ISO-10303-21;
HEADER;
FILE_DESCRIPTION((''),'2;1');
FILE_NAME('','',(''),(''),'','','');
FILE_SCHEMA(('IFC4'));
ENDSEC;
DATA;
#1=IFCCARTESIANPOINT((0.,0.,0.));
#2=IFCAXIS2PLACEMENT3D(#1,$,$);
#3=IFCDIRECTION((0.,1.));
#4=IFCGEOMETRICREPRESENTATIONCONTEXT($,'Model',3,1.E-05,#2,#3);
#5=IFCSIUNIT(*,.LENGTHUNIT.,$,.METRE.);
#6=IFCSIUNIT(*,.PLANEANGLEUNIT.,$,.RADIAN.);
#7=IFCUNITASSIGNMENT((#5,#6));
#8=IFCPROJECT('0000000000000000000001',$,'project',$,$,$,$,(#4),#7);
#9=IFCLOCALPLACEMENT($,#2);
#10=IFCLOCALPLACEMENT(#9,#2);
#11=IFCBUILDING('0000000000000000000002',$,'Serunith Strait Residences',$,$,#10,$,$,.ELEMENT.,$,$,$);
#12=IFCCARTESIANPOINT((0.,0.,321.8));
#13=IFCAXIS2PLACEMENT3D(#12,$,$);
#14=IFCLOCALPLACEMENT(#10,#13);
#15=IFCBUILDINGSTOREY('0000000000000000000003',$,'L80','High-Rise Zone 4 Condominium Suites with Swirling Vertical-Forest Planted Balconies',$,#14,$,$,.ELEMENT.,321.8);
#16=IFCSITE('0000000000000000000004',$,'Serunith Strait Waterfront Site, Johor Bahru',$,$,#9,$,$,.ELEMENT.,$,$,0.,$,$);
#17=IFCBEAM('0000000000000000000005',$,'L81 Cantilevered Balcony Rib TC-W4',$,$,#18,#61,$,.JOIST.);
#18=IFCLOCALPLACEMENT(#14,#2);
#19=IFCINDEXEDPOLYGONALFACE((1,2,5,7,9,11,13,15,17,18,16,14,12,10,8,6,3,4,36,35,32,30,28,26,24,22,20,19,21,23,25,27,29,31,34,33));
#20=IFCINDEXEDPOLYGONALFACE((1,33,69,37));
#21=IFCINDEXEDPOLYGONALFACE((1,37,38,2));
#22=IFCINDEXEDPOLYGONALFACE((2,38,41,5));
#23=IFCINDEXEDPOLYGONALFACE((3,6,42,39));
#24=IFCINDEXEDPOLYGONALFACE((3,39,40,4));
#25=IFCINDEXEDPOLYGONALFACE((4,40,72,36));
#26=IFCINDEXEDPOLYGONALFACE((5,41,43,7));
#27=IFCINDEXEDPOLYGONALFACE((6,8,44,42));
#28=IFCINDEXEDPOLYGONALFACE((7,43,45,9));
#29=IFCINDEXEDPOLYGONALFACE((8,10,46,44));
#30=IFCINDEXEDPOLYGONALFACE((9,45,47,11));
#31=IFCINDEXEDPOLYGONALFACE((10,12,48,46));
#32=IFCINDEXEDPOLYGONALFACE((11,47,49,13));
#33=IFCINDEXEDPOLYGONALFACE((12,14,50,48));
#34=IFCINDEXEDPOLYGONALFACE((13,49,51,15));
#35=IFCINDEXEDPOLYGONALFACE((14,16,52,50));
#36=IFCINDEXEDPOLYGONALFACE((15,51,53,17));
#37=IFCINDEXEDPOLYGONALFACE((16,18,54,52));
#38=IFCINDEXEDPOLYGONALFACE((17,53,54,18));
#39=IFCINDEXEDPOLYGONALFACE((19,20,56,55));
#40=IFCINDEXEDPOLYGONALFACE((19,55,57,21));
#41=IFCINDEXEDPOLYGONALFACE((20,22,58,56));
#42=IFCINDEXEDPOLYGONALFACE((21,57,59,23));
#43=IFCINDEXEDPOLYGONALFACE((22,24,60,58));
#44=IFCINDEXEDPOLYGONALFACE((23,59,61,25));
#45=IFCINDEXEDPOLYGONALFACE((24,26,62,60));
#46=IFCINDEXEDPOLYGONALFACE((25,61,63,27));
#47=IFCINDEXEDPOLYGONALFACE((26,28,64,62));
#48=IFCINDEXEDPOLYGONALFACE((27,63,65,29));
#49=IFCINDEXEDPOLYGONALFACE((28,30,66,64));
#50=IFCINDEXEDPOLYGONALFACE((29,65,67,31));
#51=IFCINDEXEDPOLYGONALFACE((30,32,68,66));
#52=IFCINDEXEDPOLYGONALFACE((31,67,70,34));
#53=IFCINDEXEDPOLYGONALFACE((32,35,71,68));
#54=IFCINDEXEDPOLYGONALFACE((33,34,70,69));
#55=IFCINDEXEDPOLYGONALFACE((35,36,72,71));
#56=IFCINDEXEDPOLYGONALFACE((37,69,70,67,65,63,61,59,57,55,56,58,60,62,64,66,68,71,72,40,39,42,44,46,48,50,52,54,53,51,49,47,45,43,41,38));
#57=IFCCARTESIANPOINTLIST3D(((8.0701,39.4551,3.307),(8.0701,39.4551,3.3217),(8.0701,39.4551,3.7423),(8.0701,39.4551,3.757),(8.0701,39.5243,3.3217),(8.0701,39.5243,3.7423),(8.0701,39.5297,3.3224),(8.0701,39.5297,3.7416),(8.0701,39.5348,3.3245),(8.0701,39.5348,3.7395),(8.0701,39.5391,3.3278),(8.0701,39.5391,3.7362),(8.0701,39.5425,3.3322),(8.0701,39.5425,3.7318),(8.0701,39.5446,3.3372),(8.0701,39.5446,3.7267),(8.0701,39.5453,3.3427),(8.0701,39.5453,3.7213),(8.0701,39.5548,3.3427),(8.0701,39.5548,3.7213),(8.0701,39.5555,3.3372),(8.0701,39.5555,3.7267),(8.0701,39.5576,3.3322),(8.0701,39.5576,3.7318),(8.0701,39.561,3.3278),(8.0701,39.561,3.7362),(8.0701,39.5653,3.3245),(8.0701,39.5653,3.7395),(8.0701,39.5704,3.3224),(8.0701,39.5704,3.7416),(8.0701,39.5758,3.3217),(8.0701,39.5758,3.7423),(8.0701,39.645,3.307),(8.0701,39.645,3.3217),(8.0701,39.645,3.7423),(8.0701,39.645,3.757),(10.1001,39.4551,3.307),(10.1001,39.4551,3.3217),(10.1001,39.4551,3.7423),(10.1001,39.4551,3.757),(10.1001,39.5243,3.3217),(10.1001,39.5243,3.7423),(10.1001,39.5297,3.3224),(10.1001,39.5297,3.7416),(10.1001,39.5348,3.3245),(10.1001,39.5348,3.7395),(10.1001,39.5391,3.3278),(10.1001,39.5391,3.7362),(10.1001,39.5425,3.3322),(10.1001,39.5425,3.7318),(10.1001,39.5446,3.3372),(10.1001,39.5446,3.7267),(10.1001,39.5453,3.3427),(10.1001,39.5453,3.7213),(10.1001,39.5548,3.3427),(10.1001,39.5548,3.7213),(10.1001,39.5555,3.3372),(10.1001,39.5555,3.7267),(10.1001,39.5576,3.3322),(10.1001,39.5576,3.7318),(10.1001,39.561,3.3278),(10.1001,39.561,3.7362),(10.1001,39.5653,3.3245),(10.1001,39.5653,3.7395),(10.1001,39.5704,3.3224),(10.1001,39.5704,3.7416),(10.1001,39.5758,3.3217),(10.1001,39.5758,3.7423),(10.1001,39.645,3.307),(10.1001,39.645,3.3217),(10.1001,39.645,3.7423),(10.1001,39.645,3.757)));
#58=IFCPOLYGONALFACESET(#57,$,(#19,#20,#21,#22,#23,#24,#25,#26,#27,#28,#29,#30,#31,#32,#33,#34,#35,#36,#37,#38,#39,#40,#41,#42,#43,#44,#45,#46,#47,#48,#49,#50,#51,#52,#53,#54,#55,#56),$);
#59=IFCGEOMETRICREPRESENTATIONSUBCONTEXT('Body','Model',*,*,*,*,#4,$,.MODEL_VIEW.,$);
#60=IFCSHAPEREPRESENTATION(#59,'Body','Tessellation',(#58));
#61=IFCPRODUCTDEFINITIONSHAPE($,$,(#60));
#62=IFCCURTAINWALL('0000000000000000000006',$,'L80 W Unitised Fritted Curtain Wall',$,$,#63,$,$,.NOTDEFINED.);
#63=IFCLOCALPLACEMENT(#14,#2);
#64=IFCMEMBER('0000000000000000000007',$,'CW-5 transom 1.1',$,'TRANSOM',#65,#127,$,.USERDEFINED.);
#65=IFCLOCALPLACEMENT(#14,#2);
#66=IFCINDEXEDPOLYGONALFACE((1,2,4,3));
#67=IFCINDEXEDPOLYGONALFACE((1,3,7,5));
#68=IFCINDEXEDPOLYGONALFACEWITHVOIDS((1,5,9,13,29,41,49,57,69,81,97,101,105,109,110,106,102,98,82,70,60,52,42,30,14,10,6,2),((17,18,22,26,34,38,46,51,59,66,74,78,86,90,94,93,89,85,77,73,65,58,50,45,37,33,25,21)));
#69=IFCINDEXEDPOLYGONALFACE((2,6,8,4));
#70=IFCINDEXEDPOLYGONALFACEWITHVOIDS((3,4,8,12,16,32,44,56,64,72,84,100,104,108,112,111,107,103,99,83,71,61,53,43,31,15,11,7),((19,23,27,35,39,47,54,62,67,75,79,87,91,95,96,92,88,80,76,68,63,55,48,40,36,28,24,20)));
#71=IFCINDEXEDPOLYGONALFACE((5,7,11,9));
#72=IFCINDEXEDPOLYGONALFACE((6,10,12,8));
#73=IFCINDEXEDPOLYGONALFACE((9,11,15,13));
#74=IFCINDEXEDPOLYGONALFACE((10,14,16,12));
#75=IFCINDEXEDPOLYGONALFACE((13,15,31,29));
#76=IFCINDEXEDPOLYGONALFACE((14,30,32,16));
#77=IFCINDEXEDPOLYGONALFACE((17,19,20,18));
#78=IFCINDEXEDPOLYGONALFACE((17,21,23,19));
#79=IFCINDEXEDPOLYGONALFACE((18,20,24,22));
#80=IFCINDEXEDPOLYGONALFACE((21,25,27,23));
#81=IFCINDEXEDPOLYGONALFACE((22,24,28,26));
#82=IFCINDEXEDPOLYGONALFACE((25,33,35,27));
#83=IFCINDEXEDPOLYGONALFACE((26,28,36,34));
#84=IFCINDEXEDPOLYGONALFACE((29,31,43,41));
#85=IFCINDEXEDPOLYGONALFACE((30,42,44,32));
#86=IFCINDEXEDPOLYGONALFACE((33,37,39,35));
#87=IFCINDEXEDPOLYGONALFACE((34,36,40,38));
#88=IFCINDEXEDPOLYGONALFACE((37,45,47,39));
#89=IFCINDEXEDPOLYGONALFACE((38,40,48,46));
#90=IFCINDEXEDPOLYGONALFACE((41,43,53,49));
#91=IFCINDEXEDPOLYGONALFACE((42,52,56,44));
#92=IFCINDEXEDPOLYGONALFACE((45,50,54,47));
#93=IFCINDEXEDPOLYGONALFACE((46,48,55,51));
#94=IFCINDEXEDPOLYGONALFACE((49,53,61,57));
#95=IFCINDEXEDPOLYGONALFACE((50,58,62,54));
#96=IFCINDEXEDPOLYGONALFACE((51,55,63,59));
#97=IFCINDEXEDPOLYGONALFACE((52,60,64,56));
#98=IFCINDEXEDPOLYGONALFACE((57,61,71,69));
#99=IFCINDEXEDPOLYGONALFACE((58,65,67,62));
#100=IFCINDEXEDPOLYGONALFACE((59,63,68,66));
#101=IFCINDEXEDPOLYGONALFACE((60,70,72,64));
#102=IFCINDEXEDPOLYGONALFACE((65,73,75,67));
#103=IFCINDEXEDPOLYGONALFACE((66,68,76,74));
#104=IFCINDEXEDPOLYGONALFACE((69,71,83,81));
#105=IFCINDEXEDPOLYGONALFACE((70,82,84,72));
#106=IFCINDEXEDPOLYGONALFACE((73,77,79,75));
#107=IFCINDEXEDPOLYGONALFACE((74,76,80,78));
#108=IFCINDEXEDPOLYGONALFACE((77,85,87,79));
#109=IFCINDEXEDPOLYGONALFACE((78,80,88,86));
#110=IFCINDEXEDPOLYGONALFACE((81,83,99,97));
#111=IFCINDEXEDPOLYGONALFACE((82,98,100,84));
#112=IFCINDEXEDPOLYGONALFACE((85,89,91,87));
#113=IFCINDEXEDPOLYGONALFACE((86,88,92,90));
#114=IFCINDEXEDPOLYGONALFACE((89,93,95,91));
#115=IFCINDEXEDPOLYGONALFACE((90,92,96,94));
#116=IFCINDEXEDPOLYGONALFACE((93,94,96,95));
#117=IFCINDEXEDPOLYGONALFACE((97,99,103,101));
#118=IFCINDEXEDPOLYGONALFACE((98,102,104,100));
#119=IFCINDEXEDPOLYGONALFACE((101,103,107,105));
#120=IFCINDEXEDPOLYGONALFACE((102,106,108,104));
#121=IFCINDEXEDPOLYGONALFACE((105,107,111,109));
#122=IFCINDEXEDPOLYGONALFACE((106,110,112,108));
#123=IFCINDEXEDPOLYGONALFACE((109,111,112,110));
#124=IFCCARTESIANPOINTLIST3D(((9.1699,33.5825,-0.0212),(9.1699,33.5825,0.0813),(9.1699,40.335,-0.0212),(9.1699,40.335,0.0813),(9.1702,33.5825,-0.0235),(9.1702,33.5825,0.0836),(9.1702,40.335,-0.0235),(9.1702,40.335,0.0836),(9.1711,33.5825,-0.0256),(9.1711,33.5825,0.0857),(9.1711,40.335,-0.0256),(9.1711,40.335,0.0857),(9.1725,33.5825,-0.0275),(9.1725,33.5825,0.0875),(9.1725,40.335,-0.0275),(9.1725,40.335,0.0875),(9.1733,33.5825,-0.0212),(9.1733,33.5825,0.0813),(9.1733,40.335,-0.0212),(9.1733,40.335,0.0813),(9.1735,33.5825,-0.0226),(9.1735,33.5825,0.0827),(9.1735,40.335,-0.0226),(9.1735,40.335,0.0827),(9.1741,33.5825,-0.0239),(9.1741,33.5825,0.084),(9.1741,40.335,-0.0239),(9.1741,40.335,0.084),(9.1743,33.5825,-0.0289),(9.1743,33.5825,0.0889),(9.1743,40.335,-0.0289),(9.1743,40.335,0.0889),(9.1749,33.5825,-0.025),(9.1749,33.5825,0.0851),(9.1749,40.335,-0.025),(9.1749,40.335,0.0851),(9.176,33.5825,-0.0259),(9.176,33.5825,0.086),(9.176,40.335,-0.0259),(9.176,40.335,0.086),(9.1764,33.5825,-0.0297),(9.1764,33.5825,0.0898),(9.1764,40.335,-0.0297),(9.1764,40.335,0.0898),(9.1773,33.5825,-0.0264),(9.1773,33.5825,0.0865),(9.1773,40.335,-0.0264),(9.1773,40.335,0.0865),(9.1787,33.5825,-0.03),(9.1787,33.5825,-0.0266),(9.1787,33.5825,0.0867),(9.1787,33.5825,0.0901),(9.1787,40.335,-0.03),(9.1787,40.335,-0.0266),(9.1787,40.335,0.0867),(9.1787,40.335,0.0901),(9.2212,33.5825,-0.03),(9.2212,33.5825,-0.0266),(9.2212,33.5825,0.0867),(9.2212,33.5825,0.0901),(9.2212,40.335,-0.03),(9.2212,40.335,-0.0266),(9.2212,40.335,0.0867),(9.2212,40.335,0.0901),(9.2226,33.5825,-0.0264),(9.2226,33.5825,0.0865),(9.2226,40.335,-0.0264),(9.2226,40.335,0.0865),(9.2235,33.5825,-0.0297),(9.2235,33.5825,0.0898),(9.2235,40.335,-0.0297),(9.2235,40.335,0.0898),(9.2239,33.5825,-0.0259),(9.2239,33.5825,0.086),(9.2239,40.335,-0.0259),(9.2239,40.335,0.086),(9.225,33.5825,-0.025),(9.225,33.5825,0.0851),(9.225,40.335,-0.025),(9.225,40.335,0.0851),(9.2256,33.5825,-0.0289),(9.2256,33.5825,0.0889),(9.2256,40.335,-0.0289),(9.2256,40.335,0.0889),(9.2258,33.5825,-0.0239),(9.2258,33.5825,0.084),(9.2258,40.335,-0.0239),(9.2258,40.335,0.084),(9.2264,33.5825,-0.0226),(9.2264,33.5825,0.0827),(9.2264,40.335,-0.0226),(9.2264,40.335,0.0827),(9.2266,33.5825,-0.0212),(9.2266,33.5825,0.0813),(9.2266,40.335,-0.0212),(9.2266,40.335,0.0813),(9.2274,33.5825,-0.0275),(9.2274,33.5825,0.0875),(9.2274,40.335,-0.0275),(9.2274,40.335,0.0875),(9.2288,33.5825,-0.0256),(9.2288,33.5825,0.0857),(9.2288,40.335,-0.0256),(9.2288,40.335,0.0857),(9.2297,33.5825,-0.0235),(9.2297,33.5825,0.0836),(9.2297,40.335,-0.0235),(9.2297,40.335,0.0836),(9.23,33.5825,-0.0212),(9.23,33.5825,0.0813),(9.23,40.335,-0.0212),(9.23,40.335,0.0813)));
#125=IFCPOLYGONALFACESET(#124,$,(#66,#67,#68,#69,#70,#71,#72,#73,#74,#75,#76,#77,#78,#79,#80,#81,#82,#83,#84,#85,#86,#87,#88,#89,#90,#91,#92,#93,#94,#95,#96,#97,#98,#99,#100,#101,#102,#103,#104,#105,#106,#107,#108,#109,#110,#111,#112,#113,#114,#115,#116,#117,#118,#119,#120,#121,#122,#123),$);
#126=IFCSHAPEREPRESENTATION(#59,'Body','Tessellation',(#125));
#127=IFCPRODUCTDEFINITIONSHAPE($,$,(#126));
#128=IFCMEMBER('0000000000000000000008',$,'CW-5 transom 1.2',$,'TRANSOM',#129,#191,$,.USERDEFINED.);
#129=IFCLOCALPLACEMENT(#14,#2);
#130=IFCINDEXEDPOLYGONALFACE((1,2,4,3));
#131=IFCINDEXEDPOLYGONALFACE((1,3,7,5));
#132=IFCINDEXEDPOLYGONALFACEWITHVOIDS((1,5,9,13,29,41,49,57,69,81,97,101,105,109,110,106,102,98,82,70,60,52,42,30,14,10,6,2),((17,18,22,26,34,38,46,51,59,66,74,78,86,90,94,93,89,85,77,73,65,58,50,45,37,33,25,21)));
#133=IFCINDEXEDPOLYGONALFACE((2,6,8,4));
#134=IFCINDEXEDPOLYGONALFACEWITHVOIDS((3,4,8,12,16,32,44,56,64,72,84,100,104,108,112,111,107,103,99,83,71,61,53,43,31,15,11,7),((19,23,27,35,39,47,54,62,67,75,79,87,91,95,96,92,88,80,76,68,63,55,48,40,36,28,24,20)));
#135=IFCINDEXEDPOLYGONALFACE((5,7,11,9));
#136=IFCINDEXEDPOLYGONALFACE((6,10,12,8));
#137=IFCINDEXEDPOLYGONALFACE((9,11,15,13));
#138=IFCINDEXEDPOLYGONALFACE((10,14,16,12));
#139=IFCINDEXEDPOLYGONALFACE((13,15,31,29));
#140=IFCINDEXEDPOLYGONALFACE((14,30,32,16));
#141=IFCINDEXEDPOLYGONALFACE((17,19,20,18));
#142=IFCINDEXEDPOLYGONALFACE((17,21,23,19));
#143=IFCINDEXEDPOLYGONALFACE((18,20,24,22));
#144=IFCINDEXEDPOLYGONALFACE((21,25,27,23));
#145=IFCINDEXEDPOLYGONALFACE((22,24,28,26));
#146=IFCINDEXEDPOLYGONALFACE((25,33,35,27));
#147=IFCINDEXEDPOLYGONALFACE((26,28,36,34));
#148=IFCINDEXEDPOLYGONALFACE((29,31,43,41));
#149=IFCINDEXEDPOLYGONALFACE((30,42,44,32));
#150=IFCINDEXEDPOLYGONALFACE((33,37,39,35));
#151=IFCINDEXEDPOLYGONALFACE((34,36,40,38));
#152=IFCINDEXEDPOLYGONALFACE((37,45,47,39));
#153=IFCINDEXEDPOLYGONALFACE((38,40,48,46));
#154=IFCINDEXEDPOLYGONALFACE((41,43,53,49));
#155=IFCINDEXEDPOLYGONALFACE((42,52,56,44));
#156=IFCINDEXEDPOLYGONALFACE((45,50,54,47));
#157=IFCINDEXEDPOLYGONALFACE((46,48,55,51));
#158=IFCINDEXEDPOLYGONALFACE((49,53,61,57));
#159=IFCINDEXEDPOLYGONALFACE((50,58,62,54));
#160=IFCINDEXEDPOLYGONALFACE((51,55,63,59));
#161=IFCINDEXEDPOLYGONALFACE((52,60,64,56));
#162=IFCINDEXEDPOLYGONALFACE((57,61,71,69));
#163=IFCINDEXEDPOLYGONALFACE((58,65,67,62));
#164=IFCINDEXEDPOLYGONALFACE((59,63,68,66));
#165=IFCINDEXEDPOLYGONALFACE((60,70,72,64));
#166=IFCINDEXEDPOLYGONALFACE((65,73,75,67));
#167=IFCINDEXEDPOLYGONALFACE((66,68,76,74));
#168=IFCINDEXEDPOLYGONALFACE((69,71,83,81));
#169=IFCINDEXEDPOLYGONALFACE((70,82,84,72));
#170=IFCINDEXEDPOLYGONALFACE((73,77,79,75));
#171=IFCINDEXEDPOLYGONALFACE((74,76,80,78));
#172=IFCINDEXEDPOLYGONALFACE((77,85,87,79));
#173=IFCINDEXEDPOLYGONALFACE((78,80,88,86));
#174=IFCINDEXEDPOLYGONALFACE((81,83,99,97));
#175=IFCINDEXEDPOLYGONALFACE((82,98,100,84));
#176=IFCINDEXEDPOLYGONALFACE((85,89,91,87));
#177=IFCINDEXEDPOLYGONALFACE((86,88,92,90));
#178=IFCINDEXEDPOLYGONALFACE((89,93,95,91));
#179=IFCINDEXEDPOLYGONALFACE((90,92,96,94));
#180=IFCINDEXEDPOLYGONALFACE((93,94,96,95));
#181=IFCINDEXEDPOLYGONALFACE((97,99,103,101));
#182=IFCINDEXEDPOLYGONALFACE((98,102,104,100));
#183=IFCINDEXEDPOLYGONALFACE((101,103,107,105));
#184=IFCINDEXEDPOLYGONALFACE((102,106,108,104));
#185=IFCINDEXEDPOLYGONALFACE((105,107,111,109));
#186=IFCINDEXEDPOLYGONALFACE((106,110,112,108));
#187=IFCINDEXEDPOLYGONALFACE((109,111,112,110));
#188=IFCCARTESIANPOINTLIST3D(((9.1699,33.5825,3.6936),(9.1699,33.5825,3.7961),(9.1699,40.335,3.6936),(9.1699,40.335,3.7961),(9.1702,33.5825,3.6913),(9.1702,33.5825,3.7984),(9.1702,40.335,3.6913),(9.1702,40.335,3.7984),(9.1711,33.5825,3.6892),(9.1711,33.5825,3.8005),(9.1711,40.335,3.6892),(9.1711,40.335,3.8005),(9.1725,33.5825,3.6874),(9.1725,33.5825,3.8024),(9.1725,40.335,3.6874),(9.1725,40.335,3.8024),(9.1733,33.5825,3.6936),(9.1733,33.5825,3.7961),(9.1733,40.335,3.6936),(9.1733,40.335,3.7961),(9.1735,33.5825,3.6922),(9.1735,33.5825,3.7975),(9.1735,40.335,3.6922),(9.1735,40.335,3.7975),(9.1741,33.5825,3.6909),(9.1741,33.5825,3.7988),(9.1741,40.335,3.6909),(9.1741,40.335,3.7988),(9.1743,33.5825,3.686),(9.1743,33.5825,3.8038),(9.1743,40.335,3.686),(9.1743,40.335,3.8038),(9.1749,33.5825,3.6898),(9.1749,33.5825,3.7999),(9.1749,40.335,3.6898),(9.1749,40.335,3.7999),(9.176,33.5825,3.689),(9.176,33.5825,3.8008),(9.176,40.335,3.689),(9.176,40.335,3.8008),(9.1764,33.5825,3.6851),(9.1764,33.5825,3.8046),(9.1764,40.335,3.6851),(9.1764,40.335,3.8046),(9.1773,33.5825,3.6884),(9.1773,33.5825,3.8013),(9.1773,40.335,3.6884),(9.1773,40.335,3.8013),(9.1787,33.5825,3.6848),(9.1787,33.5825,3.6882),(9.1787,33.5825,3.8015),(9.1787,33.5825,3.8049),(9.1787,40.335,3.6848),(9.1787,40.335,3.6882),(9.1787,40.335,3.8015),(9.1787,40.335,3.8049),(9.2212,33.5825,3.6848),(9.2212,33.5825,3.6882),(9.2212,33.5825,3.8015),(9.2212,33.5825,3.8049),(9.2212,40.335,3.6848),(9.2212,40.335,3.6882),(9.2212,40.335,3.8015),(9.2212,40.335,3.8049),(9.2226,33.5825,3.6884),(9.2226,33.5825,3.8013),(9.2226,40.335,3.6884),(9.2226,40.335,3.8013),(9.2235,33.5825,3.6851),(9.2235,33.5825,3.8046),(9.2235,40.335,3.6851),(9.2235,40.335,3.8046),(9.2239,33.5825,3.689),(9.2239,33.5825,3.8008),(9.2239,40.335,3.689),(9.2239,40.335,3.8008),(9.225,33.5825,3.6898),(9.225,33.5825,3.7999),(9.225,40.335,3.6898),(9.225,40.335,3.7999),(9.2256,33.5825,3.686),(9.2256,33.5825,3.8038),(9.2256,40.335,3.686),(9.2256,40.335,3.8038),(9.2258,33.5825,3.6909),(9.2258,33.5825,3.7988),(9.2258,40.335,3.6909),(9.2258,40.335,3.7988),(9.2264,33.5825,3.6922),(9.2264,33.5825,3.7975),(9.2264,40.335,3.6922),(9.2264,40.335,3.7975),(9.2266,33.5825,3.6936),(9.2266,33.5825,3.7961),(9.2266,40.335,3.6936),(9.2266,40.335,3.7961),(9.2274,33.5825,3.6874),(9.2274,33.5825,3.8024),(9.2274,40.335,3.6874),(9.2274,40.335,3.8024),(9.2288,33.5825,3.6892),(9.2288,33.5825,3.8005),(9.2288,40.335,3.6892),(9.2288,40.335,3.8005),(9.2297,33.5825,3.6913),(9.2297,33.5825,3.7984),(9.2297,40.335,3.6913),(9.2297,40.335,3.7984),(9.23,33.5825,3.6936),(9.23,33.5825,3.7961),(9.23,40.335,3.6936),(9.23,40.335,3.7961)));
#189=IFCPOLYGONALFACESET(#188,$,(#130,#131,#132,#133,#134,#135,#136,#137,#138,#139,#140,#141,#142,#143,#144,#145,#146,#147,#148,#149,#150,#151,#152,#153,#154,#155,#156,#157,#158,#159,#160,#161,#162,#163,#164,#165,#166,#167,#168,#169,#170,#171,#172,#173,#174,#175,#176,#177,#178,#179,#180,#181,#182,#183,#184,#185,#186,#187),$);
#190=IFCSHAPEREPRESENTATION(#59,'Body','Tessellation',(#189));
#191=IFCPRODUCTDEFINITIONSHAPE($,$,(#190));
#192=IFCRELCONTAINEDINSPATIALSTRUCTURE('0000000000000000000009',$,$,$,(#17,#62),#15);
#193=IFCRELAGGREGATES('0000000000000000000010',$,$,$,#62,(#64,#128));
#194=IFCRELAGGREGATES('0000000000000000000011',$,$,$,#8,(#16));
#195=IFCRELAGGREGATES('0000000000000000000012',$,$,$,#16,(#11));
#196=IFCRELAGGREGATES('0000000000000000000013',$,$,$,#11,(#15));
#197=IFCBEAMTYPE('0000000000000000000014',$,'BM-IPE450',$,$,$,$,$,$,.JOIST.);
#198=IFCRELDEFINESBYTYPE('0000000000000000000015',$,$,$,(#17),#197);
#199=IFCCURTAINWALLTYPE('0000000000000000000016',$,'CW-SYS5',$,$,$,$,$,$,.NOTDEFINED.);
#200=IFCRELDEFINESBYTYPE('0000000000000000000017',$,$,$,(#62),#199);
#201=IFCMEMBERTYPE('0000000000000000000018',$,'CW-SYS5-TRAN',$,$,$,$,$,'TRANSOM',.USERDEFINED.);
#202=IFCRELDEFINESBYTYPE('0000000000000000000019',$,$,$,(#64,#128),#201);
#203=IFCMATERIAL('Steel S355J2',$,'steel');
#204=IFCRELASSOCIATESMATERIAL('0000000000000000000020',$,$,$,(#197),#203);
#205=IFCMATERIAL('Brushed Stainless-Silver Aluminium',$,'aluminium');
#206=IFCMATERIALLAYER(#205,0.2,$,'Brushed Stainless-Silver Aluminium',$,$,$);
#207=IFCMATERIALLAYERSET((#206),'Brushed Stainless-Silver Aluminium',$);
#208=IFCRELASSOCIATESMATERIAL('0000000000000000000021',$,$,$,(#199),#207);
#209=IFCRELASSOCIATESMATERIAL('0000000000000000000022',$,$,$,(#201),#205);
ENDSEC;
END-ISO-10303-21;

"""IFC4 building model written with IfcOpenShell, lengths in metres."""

from ifc_helpers import new_model, si_unit, direction, frame, origin, origin_2d, place, context, subcontext, project, spatial, hollow_rectangle, i_section, extrude, source, transform, mapped, material, layer, layer_set, material_profile, profile_set, type_object, element, aggregate, save


model = new_model("IFC4")

# Units and contexts
model_context = context("Model", 3, precision=1e-05, world=origin(), true_north=direction((0.0, 1.0)))
body_context = subcontext(model_context, "Body", "Model", "MODEL_VIEW")
ifc_project = project(units=[si_unit("LENGTHUNIT", "METRE"), si_unit("PLANEANGLEUNIT", "RADIAN")], contexts=[model_context])

# Site, building, storey
site_placement = place(None, origin())
site = spatial("IfcSite", under=ifc_project, at=site_placement, Name="Serunith Strait Waterfront Site, Johor Bahru", CompositionType="ELEMENT", RefElevation=0.0)
building_placement = place(site_placement, origin())
building = spatial("IfcBuilding", under=site, at=building_placement, Name="Serunith Strait Residences", CompositionType="ELEMENT")
storey_placement = place(building_placement, frame((0.0, 0.0, 321.8)))
storey = spatial("IfcBuildingStorey", under=building, at=storey_placement, Name="L80", Description="High-Rise Zone 4 Condominium Suites with Swirling Vertical-Forest Planted Balconies", CompositionType="ELEMENT", Elevation=321.8)

# Beam
ifc_material_1 = material(Name="Steel S355J2", Category="steel")
ifc_material_profile_1 = material_profile(ifc_material_1, i_section(OverallWidth=0.1899, OverallDepth=0.45, WebThickness=0.0095, FlangeThickness=0.0146, FilletRadius=0.021, at=origin_2d()), Name="IPE 450")
ifc_profile_set_1 = profile_set([ifc_material_profile_1], Name="Steel S355J2")
beam_type_1 = type_object("IfcBeamType", Name="BM-IPE450", PredefinedType="JOIST", material=ifc_profile_set_1)
shared_shape_1 = source(origin(), body_context, "Body", "SweptSolid", [
    extrude(i_section(OverallWidth=0.1899, OverallDepth=0.45, WebThickness=0.0095, FlangeThickness=0.0146, FilletRadius=0.021, at=origin_2d()), origin(), (0.0, 0.0, 1.0), 2.03),
])
beam_1_placement = place(storey_placement, frame((10.1001, 39.55, 3.532), z_axis=(-1.0, 0.0, 0.0), x_axis=(0.0, -1.0, 0.0)))
element("IfcBeam", 1, at=beam_1_placement, inside=storey, type_object=beam_type_1, Name="L81 Cantilevered Balcony Rib TC-W4", PredefinedType="JOIST", context=body_context, shape_type="MappedRepresentation", body=[
    mapped(shared_shape_1, transform((0.0, 0.0, 0.0), scale=1.0)),
])

# Curtain wall, members
ifc_material_2 = material(Name="Brushed Stainless-Silver Aluminium", Category="aluminium")
ifc_layer_1 = layer(ifc_material_2, 0.2, Name="Brushed Stainless-Silver Aluminium")
ifc_layer_set_1 = layer_set([ifc_layer_1], Name="Brushed Stainless-Silver Aluminium")
curtain_wall_type = type_object("IfcCurtainWallType", Name="CW-SYS5", PredefinedType="NOTDEFINED", material=ifc_layer_set_1)
curtain_wall_1_placement = place(storey_placement, origin())
curtain_wall_1 = element("IfcCurtainWall", 2, at=curtain_wall_1_placement, inside=storey, type_object=curtain_wall_type, Name="L80 W Unitised Fritted Curtain Wall", PredefinedType="NOTDEFINED")
ifc_material_profile_2 = material_profile(ifc_material_2, hollow_rectangle(XDim=0.0601, YDim=0.1201, WallThickness=0.0034, InnerFilletRadius=0.0054, OuterFilletRadius=0.0088, at=origin_2d()), Name="ALU 120x60x3.5")
ifc_profile_set_2 = profile_set([ifc_material_profile_2], Name="Brushed Stainless-Silver Aluminium")
member_type_1 = type_object("IfcMemberType", Name="CW-SYS5-TRAN", ElementType="TRANSOM", PredefinedType="USERDEFINED", material=ifc_profile_set_2)
shared_shape_2 = source(origin(), body_context, "Body", "SweptSolid", [
    extrude(hollow_rectangle(XDim=0.0601, YDim=0.1201, WallThickness=0.0034, InnerFilletRadius=0.0054, OuterFilletRadius=0.0088, at=origin_2d()), origin(), (0.0, 0.0, 1.0), 6.7524),
])
member_1_placement = place(storey_placement, frame((9.2, 40.335, 0.03), z_axis=(0.0, -1.0, 0.0), x_axis=(1.0, 0.0, 0.0)))
member_1 = element("IfcMember", 3, at=member_1_placement, type_object=member_type_1, Name="CW-5 transom 1.1", ObjectType="TRANSOM", PredefinedType="USERDEFINED", context=body_context, shape_type="MappedRepresentation", body=[
    mapped(shared_shape_2, transform((0.0, 0.0, 0.0), scale=1.0)),
])
member_2_placement = place(storey_placement, frame((9.2, 40.335, 3.7449), z_axis=(0.0, -1.0, 0.0), x_axis=(1.0, 0.0, 0.0)))
member_2 = element("IfcMember", 4, at=member_2_placement, type_object=member_type_1, Name="CW-5 transom 1.2", ObjectType="TRANSOM", PredefinedType="USERDEFINED", context=body_context, shape_type="MappedRepresentation", body=[
    mapped(shared_shape_2, transform((0.0, 0.0, 0.0), scale=1.0)),
])

aggregate(curtain_wall_1, [member_1, member_2])

save(model, "model.ifc")
